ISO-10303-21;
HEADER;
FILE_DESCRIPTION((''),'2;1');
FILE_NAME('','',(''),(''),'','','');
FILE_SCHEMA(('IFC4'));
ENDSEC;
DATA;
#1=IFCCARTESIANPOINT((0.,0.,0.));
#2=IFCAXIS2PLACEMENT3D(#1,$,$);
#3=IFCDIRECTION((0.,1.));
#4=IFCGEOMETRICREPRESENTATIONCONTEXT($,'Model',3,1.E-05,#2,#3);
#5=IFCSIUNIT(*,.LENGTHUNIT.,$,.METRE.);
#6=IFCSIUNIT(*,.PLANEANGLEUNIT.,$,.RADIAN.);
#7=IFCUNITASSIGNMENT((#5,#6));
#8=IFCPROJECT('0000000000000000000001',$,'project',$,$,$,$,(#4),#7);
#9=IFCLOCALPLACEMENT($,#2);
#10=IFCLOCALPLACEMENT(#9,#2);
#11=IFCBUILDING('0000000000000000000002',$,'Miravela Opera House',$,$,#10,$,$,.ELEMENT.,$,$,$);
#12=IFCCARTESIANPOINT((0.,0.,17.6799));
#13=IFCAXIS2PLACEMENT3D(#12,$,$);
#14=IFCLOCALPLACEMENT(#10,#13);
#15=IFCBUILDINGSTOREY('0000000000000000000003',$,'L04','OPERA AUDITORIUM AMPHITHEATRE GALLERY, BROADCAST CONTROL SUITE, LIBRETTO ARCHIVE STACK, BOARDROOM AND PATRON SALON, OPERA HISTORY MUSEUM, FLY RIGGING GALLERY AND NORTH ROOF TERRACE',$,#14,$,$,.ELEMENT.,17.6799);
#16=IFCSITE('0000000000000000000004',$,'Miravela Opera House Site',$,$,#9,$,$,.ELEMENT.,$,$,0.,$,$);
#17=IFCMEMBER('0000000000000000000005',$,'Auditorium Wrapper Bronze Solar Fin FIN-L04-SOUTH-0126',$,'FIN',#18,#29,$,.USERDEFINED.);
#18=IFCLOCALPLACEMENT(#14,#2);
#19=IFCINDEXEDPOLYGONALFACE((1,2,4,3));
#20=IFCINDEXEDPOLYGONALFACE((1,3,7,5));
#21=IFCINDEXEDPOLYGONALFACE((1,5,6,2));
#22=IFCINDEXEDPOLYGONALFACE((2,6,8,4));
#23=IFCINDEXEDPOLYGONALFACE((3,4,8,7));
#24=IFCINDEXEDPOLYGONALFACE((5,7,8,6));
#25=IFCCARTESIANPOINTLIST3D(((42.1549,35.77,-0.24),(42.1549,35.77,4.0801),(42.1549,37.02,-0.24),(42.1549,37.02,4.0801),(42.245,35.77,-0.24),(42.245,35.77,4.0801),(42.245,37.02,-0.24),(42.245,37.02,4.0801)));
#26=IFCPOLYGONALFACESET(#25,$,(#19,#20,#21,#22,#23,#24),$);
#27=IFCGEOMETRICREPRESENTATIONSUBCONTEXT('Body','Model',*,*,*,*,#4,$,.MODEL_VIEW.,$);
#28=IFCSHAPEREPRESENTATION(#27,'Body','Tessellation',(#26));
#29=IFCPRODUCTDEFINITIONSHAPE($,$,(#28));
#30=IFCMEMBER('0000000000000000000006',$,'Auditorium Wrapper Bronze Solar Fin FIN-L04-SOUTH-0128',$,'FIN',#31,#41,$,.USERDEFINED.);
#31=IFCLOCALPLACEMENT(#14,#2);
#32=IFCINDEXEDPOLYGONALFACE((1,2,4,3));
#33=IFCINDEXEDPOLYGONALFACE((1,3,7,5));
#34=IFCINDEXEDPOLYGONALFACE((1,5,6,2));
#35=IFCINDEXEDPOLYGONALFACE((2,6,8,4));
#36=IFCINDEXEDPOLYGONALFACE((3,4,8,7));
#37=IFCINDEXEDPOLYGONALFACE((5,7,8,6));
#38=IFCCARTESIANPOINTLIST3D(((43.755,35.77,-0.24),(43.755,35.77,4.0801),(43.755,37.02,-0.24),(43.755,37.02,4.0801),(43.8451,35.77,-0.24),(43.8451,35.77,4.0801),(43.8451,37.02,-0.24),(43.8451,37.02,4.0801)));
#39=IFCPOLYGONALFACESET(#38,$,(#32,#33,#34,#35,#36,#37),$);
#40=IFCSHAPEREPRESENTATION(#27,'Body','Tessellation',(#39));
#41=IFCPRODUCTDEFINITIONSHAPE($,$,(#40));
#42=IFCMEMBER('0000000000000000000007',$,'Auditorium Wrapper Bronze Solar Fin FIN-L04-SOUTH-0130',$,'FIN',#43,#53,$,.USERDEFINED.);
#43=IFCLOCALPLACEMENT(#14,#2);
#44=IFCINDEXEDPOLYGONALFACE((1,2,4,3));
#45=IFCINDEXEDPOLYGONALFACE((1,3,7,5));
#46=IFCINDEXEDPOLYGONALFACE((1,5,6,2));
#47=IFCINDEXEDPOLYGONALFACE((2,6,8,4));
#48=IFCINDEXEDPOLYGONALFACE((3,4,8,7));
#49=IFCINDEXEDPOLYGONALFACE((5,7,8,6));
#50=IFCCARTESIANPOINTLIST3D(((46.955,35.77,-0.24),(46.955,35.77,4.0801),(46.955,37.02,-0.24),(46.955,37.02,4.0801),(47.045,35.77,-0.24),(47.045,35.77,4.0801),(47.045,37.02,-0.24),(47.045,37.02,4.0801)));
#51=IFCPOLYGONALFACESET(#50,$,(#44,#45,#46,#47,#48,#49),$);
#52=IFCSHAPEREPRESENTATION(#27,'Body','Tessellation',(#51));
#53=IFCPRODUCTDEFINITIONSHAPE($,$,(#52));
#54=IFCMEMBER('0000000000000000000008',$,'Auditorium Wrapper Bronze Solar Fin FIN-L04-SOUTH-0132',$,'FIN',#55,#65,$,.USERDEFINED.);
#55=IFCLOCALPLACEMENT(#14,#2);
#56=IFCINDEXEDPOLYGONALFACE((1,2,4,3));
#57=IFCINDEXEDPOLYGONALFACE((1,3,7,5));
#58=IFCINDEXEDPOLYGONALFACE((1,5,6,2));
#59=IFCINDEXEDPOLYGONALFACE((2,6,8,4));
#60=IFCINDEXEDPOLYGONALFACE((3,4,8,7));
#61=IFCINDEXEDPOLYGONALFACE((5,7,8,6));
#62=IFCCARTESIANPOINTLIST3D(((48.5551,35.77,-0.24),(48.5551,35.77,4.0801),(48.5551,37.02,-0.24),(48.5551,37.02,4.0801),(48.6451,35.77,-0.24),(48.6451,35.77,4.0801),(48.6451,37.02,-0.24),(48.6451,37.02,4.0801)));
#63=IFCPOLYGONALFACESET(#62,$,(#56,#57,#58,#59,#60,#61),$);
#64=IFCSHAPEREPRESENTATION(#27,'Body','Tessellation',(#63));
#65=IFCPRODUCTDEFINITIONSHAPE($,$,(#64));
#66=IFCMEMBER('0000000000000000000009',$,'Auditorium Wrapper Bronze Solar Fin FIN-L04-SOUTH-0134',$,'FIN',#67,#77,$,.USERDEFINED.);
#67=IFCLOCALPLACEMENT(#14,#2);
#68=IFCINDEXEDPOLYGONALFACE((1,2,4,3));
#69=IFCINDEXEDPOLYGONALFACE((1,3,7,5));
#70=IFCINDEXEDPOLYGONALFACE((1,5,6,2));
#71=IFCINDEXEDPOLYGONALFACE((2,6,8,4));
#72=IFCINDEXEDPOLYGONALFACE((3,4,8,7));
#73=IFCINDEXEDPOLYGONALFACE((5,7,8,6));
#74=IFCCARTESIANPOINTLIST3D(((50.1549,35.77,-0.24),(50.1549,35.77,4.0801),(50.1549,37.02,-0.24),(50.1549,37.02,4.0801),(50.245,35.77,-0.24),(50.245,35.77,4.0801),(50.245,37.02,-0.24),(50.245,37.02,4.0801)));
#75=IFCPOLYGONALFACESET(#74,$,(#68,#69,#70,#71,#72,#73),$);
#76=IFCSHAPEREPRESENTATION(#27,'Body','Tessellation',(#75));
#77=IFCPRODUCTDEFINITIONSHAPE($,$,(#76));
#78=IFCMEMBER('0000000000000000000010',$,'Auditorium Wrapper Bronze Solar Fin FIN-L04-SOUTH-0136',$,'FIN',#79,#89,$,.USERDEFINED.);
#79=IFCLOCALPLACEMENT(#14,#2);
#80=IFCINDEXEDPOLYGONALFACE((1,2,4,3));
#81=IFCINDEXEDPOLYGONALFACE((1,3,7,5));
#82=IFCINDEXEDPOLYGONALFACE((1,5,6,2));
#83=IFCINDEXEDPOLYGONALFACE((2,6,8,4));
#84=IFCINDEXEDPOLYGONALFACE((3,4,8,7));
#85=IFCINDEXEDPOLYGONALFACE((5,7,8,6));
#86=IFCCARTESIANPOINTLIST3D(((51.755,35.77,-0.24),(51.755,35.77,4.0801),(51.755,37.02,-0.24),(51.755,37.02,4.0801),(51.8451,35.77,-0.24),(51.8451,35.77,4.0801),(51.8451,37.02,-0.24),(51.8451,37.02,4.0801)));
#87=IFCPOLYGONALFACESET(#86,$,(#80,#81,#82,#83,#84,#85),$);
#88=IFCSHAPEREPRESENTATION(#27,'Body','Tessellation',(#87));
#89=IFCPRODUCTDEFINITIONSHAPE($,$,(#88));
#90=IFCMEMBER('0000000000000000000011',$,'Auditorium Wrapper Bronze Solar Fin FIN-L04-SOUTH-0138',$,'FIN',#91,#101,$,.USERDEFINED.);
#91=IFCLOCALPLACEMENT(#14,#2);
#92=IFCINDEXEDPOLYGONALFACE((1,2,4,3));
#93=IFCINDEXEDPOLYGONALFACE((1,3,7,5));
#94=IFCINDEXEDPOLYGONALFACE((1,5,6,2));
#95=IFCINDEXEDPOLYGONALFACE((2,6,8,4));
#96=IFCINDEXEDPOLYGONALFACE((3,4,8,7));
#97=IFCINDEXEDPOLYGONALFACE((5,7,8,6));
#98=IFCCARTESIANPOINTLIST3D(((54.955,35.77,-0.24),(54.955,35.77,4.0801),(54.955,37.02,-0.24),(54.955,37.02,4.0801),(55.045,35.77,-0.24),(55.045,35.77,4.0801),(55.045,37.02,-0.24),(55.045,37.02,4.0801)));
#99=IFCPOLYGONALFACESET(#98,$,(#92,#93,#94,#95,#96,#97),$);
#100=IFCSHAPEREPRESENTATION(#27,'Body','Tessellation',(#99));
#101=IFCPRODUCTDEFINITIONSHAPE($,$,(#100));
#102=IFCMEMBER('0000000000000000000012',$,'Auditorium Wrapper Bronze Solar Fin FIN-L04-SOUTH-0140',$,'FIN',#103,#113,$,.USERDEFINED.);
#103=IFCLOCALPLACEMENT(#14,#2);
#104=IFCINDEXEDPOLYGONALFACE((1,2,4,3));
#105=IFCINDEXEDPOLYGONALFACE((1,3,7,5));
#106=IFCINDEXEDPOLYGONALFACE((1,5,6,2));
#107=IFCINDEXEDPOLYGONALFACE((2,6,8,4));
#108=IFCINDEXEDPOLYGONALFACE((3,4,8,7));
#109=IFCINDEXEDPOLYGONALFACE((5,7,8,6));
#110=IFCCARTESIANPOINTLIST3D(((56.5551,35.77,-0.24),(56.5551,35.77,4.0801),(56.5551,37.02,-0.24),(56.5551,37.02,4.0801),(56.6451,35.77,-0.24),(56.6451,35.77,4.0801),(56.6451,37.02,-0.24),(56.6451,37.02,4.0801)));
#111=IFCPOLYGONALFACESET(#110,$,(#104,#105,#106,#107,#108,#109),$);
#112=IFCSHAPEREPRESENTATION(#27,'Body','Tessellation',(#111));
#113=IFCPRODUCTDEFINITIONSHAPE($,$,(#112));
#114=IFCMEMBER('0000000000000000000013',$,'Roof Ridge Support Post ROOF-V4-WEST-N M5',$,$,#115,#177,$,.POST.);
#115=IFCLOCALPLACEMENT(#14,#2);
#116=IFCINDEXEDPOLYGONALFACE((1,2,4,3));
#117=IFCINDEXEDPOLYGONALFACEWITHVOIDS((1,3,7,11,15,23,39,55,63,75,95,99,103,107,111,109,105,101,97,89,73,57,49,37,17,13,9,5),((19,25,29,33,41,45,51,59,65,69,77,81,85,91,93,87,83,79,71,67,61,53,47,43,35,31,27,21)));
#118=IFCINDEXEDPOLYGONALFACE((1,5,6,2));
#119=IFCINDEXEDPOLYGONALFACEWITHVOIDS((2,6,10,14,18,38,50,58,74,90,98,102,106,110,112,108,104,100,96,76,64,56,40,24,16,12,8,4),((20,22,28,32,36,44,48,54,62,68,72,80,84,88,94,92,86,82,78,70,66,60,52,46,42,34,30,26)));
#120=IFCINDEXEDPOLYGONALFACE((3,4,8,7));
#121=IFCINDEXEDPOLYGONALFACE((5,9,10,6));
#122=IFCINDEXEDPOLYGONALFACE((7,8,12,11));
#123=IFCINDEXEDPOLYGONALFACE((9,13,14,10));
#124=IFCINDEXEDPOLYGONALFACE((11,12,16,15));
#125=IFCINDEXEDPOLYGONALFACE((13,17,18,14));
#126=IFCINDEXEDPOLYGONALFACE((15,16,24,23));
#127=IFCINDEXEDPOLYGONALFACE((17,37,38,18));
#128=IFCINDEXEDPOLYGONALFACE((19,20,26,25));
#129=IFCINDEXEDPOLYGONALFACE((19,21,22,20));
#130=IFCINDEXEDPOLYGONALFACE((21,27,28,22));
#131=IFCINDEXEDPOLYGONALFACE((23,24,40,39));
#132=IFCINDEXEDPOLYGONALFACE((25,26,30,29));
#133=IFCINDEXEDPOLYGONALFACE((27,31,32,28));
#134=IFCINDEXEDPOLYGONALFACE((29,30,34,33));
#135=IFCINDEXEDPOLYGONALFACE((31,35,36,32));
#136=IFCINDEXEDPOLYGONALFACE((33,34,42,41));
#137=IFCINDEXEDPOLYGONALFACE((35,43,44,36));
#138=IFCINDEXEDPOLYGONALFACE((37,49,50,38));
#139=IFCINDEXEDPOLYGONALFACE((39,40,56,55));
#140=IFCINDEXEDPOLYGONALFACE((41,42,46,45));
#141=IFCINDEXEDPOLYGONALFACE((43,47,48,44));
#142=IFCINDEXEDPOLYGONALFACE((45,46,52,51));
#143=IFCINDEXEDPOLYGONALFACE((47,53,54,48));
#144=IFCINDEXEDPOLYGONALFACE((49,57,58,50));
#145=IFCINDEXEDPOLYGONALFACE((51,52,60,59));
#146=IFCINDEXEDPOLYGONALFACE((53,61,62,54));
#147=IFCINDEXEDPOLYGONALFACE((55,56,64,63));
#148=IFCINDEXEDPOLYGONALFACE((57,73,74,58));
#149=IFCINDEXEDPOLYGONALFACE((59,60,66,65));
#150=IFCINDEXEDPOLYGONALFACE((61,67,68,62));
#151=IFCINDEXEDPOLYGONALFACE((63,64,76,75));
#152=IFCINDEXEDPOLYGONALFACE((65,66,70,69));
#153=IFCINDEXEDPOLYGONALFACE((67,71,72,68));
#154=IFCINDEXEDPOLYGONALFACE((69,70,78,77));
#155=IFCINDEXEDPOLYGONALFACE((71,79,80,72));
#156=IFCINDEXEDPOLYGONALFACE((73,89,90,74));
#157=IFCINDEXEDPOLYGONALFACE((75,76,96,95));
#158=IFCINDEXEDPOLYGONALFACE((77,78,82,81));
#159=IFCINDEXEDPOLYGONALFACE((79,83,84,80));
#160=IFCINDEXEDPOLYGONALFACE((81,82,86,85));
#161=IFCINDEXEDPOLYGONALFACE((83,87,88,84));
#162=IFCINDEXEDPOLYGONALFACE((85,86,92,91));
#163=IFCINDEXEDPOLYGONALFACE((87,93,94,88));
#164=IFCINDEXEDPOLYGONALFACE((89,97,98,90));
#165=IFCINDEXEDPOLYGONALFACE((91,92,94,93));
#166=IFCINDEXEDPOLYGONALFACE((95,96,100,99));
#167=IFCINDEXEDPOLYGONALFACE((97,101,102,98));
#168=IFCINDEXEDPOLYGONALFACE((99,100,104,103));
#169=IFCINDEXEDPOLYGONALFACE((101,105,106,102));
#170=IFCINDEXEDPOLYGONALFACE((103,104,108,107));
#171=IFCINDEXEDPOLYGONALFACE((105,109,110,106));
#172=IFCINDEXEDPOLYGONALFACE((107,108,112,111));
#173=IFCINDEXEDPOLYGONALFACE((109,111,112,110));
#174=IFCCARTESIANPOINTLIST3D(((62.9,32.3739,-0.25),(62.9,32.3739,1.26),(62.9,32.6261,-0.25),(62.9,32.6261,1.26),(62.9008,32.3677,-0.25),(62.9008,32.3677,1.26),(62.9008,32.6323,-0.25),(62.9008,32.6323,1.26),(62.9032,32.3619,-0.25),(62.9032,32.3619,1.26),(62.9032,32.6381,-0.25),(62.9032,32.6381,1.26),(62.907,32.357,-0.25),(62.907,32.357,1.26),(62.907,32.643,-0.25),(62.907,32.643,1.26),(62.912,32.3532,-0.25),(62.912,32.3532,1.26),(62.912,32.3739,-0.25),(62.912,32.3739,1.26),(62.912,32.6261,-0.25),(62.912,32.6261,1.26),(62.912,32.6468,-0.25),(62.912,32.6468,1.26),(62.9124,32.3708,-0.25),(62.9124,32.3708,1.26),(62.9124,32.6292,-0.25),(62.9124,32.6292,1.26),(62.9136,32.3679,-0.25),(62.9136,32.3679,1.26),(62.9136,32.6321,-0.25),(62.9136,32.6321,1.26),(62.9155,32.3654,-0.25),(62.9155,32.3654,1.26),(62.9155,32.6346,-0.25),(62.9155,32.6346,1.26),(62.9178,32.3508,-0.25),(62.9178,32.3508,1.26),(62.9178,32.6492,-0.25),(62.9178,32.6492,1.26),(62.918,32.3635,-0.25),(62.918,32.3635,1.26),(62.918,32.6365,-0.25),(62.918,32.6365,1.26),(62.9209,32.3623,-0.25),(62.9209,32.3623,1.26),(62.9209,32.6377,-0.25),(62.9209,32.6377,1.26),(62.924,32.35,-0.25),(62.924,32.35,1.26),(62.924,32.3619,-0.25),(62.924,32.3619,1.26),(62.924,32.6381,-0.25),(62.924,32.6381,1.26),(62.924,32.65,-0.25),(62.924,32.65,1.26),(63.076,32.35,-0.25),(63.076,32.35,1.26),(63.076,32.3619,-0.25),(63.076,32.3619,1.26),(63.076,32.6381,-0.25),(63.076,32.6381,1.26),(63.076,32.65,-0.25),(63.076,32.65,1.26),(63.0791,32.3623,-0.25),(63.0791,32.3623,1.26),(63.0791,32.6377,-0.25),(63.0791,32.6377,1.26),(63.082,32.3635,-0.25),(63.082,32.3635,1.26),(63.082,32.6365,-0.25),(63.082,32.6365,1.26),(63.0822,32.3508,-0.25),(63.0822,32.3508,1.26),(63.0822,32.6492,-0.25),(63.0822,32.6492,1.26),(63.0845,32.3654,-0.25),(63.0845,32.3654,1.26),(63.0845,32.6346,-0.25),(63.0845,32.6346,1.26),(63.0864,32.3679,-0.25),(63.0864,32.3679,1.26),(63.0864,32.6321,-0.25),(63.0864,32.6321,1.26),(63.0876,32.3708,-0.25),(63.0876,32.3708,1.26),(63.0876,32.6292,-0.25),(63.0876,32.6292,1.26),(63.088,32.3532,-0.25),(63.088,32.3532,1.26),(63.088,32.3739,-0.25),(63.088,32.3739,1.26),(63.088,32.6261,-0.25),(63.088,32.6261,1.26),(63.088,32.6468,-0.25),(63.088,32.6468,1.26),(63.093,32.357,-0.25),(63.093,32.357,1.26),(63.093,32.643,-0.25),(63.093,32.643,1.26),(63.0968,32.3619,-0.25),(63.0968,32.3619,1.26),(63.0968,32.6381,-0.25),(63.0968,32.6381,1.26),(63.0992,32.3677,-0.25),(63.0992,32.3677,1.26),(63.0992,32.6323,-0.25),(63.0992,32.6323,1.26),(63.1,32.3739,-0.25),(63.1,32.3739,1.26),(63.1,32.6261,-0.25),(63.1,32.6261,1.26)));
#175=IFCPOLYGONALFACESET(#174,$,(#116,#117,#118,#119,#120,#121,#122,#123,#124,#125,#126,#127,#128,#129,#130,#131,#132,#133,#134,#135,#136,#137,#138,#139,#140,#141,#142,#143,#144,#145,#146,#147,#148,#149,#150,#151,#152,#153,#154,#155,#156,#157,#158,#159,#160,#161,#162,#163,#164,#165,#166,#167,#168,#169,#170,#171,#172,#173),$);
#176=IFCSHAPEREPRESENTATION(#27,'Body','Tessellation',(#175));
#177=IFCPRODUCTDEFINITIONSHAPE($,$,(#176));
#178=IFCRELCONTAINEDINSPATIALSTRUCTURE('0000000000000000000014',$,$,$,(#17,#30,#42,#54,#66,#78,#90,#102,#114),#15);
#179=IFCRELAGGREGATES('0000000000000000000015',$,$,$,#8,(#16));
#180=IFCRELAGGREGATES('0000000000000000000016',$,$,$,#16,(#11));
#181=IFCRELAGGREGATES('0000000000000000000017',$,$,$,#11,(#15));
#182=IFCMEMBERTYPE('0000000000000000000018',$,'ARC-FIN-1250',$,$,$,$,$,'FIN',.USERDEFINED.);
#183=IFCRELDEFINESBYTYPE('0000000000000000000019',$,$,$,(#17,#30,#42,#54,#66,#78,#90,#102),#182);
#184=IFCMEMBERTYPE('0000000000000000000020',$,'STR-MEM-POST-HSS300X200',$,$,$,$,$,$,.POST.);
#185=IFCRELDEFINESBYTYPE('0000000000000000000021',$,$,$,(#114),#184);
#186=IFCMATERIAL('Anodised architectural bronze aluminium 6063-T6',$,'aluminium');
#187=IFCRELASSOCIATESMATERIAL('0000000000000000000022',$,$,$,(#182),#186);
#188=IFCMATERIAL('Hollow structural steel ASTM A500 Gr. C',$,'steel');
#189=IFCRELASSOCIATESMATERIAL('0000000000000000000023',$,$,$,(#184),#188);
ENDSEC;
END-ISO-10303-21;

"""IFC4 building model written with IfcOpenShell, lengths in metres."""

from ifc_helpers import new_model, si_unit, direction, frame, origin, origin_2d, place, context, subcontext, project, spatial, rectangle, hollow_rectangle, extrude, material, material_profile, profile_set, type_object, element, save


model = new_model("IFC4")

# Units and contexts
model_context = context("Model", 3, precision=1e-05, world=origin(), true_north=direction((0.0, 1.0)))
body_context = subcontext(model_context, "Body", "Model", "MODEL_VIEW")
ifc_project = project(units=[si_unit("LENGTHUNIT", "METRE"), si_unit("PLANEANGLEUNIT", "RADIAN")], contexts=[model_context])

# Site, building, storey
site_placement = place(None, origin())
site = spatial("IfcSite", under=ifc_project, at=site_placement, Name="Miravela Opera House Site", CompositionType="ELEMENT", RefElevation=0.0)
building_placement = place(site_placement, origin())
building = spatial("IfcBuilding", under=site, at=building_placement, Name="Miravela Opera House", CompositionType="ELEMENT")
storey_placement = place(building_placement, frame((0.0, 0.0, 17.6799)))
storey = spatial("IfcBuildingStorey", under=building, at=storey_placement, Name="L04", Description="OPERA AUDITORIUM AMPHITHEATRE GALLERY, BROADCAST CONTROL SUITE, LIBRETTO ARCHIVE STACK, BOARDROOM AND PATRON SALON, OPERA HISTORY MUSEUM, FLY RIGGING GALLERY AND NORTH ROOF TERRACE", CompositionType="ELEMENT", Elevation=17.6799)

# Members
ifc_material_1 = material(Name="Anodised architectural bronze aluminium 6063-T6", Category="aluminium")
ifc_material_profile_1 = material_profile(ifc_material_1, rectangle(XDim=0.0901, YDim=1.25, at=origin_2d()), Name="FIN-1250X90")
ifc_profile_set_1 = profile_set([ifc_material_profile_1])
member_type_1 = type_object("IfcMemberType", Name="ARC-FIN-1250", ElementType="FIN", PredefinedType="USERDEFINED", material=ifc_profile_set_1)
for number, where, z_axis, x_axis, name in (
    (1, (42.2, 36.395, -0.24), (0.0, 0.0, 1.0), (1.0, 0.0, 0.0), "Auditorium Wrapper Bronze Solar Fin FIN-L04-SOUTH-0126"),
    (2, (43.8, 36.395, -0.24), (0.0, 0.0, 1.0), (1.0, 0.0, 0.0), "Auditorium Wrapper Bronze Solar Fin FIN-L04-SOUTH-0128"),
    (3, (47.0, 36.395, -0.24), (0.0, 0.0, 1.0), (1.0, 0.0, 0.0), "Auditorium Wrapper Bronze Solar Fin FIN-L04-SOUTH-0130"),
    (4, (48.6001, 36.395, -0.24), (0.0, 0.0, 1.0), (1.0, 0.0, 0.0), "Auditorium Wrapper Bronze Solar Fin FIN-L04-SOUTH-0132"),
    (5, (50.2, 36.395, -0.24), (0.0, 0.0, 1.0), (1.0, 0.0, 0.0), "Auditorium Wrapper Bronze Solar Fin FIN-L04-SOUTH-0134"),
    (6, (51.8, 36.395, -0.24), (0.0, 0.0, 1.0), (1.0, 0.0, 0.0), "Auditorium Wrapper Bronze Solar Fin FIN-L04-SOUTH-0136"),
    (7, (55.0, 36.395, -0.24), (0.0, 0.0, 1.0), (1.0, 0.0, 0.0), "Auditorium Wrapper Bronze Solar Fin FIN-L04-SOUTH-0138"),
    (8, (56.6001, 36.395, -0.24), (0.0, 0.0, 1.0), (1.0, 0.0, 0.0), "Auditorium Wrapper Bronze Solar Fin FIN-L04-SOUTH-0140"),
):
    element("IfcMember", number, at=place(storey_placement, frame(where, z_axis=z_axis, x_axis=x_axis)), inside=storey, type_object=member_type_1, Name=name, ObjectType="FIN", PredefinedType="USERDEFINED", context=body_context, shape_type="SweptSolid", body=[
        extrude(rectangle(XDim=0.0901, YDim=1.25, at=origin_2d()), origin(), (0.0, 0.0, 1.0), 4.3201),
    ])
ifc_material_2 = material(Name="Hollow structural steel ASTM A500 Gr. C", Category="steel")
ifc_material_profile_2 = material_profile(ifc_material_2, hollow_rectangle(XDim=0.2, YDim=0.3, WallThickness=0.012, InnerFilletRadius=0.012, OuterFilletRadius=0.0239, at=origin_2d()), Name="HSS300X200X12")
ifc_profile_set_2 = profile_set([ifc_material_profile_2])
member_type_2 = type_object("IfcMemberType", Name="STR-MEM-POST-HSS300X200", PredefinedType="POST", material=ifc_profile_set_2)
member_placement = place(storey_placement, frame((63.0, 32.5, -0.25), z_axis=(0.0, 0.0, 1.0), x_axis=(1.0, 0.0, 0.0)))
element("IfcMember", 9, at=member_placement, inside=storey, type_object=member_type_2, Name="Roof Ridge Support Post ROOF-V4-WEST-N M5", PredefinedType="POST", context=body_context, shape_type="SweptSolid", body=[
    extrude(hollow_rectangle(XDim=0.2, YDim=0.3, WallThickness=0.012, InnerFilletRadius=0.012, OuterFilletRadius=0.0239, at=origin_2d()), origin(), (0.0, 0.0, 1.0), 1.51),
])

save(model, "model.ifc")
